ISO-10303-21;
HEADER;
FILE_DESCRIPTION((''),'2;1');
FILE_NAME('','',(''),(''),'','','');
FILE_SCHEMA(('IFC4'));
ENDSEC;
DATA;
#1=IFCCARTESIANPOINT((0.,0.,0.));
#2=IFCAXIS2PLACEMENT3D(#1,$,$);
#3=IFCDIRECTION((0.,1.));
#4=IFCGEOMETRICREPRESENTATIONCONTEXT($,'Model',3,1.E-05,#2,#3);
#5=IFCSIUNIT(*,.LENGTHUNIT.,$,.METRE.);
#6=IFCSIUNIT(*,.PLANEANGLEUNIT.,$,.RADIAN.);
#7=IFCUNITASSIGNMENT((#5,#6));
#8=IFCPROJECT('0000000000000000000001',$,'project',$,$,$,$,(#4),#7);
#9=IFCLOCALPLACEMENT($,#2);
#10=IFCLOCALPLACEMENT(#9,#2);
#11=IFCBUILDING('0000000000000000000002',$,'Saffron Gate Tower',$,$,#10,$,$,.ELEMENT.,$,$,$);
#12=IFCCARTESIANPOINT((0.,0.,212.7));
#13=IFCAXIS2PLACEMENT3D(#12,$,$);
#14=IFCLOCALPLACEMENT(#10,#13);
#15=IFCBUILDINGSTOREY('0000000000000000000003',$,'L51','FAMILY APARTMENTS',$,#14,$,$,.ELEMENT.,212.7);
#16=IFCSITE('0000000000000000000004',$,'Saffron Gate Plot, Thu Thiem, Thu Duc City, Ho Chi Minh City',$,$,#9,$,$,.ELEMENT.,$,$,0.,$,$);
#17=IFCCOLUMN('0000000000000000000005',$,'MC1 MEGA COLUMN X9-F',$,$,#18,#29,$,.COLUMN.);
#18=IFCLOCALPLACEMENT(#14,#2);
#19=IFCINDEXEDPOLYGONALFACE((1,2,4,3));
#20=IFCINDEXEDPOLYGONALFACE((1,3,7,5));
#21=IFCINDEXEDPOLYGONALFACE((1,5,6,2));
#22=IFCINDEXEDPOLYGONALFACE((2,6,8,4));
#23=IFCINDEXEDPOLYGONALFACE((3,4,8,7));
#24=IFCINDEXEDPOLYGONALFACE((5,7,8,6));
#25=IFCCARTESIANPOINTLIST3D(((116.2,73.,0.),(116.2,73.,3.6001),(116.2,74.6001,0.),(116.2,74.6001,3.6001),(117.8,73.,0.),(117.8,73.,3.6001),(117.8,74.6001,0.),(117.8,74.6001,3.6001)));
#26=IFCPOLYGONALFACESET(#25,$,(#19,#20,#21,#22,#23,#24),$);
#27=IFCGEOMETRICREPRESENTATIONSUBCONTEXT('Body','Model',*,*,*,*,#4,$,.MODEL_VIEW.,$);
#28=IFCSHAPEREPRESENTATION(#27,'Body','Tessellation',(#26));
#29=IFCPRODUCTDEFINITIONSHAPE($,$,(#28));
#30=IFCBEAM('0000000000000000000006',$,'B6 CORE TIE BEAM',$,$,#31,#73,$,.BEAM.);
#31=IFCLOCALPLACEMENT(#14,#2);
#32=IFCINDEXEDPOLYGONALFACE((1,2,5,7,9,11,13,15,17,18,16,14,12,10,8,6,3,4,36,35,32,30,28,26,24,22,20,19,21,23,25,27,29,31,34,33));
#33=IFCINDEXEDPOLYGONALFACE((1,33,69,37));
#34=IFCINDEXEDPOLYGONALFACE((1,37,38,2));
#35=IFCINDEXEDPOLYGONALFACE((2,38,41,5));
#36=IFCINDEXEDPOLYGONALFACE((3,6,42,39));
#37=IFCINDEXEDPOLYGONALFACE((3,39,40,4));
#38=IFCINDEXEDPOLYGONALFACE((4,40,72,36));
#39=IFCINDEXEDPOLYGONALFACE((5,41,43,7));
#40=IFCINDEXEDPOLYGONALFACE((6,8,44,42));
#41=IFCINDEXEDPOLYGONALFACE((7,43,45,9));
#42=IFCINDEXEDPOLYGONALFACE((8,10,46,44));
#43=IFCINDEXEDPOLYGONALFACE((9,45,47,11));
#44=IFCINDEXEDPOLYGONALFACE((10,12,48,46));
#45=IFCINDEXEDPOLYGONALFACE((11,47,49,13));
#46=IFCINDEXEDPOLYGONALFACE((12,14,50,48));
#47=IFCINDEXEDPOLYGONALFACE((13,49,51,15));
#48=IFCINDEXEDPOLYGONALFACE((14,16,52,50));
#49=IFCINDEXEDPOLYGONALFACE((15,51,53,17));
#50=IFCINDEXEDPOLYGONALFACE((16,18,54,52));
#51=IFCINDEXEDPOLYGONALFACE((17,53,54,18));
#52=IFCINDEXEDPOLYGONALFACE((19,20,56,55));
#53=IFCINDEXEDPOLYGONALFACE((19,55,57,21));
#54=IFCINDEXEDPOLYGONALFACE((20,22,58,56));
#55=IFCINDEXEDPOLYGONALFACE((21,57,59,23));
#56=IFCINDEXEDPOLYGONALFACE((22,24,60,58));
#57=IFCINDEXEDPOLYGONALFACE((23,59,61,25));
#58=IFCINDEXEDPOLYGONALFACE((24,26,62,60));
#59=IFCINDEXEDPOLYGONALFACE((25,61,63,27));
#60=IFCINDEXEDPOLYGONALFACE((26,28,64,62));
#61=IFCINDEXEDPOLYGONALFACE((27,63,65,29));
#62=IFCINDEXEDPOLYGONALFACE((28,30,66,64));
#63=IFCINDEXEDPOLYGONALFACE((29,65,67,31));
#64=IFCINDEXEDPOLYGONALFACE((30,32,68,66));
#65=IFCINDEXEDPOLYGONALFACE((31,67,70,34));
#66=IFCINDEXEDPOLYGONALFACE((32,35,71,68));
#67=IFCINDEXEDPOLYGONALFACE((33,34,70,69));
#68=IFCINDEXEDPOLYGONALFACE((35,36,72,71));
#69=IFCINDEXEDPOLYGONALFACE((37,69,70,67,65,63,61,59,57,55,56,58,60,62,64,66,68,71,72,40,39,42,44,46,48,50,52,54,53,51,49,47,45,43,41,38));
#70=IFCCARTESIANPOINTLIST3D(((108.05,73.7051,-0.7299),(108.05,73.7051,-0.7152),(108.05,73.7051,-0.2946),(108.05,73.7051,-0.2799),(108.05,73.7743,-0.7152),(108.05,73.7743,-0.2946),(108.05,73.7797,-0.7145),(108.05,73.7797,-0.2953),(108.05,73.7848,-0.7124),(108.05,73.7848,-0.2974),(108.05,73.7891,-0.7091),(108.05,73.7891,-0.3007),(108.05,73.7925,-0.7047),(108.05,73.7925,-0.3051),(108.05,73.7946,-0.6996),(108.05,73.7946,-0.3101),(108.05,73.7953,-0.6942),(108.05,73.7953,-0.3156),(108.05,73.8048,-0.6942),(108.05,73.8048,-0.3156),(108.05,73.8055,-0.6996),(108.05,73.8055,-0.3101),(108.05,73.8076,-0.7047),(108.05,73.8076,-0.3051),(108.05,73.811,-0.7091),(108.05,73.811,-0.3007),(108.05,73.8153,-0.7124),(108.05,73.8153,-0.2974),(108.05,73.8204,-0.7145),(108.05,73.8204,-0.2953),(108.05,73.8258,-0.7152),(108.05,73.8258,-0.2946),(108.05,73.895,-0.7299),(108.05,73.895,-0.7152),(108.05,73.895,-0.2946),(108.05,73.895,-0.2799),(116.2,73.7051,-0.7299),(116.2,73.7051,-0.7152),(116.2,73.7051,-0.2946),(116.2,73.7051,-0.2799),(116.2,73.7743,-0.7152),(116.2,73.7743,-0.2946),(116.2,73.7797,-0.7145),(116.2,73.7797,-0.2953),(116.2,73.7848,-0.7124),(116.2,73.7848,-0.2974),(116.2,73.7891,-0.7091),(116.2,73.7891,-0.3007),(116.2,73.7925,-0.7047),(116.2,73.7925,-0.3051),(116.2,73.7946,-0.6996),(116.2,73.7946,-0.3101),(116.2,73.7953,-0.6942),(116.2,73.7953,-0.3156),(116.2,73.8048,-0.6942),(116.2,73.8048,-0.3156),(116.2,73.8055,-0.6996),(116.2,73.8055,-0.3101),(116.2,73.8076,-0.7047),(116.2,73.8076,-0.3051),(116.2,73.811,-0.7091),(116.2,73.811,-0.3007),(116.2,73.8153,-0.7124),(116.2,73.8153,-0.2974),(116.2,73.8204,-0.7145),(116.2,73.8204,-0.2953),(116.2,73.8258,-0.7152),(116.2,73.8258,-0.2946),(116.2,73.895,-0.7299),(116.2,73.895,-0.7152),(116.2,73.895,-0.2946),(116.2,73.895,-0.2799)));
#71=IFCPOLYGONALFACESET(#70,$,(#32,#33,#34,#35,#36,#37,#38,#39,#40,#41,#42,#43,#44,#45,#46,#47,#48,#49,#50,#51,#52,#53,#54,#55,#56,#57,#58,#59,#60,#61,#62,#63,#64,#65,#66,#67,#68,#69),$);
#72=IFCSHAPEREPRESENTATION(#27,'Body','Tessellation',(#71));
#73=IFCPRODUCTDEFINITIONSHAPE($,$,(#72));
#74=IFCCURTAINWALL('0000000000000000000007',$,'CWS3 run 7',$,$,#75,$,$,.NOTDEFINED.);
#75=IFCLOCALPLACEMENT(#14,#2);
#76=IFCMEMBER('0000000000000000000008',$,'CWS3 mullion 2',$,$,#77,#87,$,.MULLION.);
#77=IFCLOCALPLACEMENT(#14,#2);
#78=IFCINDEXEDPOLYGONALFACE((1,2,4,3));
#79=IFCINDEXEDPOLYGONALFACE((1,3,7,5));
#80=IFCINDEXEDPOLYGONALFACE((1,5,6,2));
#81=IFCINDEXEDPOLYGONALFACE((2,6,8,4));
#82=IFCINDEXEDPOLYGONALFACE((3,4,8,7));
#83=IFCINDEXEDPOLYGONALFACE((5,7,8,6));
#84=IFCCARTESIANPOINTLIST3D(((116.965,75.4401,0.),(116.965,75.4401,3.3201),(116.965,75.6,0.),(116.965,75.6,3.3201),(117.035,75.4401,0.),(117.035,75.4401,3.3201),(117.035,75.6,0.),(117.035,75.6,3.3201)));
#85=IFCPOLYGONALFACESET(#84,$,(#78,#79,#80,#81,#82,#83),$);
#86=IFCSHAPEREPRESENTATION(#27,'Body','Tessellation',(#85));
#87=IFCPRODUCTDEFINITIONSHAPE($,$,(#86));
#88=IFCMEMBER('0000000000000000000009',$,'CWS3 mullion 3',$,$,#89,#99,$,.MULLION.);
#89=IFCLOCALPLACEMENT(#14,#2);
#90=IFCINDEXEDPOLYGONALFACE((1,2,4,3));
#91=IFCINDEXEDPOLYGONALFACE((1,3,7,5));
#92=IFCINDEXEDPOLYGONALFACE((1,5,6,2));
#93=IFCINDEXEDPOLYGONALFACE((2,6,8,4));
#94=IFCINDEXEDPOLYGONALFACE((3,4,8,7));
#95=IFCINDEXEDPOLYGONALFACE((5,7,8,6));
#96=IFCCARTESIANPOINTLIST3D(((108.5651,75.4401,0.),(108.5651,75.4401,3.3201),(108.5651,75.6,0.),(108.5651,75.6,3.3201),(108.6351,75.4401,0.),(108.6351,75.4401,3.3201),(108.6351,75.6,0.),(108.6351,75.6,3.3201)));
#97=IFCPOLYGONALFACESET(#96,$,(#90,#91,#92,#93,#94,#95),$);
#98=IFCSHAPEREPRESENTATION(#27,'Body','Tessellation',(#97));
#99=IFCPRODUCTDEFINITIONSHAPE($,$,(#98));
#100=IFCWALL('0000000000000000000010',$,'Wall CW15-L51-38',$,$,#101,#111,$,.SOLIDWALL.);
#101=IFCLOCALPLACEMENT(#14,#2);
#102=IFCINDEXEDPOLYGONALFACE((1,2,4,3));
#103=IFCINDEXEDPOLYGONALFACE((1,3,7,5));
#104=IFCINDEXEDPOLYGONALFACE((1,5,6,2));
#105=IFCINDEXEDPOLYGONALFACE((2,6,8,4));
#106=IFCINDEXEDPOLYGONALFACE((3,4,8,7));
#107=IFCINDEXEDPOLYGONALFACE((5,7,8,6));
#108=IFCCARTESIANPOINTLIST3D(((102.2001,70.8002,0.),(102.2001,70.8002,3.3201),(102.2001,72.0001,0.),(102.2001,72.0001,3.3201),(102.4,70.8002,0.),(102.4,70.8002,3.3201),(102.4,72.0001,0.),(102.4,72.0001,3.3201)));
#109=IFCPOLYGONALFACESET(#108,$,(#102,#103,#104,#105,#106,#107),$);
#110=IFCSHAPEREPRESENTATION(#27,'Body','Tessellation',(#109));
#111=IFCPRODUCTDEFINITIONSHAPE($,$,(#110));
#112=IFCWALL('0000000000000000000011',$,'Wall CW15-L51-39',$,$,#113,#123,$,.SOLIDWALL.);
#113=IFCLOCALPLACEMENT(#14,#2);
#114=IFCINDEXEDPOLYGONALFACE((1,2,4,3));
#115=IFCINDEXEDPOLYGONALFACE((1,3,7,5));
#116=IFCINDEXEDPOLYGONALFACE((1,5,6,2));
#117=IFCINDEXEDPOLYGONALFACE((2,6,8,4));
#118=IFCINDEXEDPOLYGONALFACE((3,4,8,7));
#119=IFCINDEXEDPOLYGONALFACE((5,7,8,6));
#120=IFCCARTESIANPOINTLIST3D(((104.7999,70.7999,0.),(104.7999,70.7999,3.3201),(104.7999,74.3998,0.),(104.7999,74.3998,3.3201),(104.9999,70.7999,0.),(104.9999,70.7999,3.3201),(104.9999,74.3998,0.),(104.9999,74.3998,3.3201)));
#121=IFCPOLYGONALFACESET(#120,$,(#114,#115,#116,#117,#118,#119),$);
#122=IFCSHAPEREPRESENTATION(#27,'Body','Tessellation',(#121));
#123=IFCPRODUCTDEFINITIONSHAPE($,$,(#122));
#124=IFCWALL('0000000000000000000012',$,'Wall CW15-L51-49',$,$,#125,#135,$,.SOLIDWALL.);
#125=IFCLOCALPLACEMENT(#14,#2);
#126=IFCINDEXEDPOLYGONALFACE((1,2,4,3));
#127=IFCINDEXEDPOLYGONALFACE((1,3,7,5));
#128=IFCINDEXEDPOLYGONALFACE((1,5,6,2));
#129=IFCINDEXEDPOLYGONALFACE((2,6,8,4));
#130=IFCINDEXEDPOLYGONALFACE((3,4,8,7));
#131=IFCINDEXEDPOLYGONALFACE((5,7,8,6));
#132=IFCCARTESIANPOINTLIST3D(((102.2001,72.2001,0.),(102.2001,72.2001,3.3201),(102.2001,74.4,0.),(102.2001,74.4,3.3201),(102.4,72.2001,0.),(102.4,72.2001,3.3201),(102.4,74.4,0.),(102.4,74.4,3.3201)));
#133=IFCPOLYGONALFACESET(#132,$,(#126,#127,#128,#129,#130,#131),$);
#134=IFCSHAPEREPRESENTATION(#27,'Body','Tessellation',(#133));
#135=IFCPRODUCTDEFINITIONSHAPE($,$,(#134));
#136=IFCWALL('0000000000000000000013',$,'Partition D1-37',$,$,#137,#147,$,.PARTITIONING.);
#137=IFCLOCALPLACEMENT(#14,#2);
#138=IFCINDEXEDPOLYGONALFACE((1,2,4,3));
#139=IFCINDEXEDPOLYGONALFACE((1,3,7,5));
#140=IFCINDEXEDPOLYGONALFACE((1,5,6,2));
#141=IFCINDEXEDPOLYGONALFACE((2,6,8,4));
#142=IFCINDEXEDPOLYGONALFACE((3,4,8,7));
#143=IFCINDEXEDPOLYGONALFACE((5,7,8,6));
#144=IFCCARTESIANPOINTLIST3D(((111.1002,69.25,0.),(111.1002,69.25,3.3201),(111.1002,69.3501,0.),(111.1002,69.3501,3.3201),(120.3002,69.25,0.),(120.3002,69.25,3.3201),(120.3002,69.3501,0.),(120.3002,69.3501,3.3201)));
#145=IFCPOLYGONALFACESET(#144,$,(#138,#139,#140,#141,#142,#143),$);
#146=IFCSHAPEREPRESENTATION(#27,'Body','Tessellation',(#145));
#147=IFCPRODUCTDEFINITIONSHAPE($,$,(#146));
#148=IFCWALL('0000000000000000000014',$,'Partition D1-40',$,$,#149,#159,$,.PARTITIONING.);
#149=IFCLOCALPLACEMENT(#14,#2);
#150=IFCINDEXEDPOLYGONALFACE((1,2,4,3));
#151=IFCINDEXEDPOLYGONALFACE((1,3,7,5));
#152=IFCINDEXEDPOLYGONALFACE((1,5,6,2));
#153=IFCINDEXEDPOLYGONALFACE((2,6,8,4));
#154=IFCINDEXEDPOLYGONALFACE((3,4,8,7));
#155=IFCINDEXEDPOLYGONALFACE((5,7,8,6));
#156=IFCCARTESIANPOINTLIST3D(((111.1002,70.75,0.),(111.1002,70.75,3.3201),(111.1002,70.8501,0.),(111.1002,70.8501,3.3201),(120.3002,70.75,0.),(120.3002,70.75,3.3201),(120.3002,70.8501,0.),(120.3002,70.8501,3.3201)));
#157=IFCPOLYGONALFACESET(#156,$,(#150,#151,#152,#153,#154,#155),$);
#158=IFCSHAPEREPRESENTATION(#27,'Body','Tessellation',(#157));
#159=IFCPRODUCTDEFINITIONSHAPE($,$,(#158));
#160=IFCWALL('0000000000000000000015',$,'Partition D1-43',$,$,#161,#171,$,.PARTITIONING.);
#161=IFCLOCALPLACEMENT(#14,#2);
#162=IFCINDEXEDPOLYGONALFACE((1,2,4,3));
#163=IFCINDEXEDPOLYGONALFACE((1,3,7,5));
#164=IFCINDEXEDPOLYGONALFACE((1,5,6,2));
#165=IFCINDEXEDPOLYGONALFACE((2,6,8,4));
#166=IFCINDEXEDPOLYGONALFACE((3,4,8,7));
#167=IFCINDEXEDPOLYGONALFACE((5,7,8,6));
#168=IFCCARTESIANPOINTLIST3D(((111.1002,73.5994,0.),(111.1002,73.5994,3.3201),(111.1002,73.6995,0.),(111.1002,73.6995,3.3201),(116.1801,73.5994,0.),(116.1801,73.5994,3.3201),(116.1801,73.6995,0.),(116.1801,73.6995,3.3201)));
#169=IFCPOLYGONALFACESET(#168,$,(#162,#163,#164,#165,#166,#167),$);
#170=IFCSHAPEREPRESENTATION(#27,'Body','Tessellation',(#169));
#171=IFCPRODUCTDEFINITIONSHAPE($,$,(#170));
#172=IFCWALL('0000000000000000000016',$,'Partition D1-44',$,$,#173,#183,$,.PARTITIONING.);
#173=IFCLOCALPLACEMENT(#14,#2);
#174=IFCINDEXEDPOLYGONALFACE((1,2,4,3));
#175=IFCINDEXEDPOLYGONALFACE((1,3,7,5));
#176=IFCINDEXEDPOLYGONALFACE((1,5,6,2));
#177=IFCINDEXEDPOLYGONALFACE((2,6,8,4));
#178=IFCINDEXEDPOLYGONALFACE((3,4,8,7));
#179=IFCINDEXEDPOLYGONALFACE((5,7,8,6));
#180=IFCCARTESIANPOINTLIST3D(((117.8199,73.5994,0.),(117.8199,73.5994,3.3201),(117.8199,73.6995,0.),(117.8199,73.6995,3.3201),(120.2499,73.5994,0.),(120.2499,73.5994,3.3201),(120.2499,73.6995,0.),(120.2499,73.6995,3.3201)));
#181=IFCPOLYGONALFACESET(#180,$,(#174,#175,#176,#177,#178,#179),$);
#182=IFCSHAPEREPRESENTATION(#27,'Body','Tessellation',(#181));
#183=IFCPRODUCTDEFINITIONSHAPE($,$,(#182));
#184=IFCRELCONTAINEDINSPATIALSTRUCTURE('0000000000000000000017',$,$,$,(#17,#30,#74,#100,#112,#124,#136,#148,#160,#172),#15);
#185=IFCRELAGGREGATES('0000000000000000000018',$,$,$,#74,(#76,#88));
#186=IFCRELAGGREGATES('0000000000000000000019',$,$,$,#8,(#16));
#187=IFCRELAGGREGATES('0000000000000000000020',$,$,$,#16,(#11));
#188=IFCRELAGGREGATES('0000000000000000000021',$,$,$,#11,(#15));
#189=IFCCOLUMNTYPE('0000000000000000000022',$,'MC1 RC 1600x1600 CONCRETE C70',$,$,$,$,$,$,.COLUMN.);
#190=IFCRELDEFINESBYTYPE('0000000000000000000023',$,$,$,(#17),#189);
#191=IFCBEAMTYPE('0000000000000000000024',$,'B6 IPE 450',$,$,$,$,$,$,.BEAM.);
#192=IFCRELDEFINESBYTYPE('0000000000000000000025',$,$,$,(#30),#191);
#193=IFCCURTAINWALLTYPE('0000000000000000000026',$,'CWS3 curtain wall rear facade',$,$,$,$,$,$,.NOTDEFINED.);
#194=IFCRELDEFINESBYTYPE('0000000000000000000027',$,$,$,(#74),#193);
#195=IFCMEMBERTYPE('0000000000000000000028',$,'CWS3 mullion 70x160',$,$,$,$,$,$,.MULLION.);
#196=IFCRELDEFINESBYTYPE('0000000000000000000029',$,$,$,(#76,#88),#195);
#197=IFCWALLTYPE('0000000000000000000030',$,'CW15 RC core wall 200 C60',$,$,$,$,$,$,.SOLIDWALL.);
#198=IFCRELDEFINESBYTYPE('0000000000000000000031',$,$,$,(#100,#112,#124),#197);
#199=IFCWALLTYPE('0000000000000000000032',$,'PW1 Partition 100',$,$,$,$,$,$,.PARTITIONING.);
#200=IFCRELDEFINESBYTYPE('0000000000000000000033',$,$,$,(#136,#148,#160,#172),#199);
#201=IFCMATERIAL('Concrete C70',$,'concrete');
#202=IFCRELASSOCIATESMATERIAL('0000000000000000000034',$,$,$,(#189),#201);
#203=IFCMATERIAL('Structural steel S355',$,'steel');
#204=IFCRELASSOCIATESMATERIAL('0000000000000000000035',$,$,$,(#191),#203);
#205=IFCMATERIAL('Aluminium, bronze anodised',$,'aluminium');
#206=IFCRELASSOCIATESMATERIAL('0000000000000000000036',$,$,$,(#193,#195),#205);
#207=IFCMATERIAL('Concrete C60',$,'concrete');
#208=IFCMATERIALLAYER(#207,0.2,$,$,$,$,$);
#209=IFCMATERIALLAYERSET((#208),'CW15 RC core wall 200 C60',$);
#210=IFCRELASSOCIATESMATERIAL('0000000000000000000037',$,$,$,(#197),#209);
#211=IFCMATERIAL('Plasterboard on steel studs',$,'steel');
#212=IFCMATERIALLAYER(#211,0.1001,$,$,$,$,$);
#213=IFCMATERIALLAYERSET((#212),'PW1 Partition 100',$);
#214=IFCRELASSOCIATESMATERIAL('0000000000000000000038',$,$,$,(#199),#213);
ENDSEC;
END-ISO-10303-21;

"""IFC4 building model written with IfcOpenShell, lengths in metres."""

from ifc_helpers import new_model, si_unit, direction, frame, frame_2d, origin, origin_2d, place, context, subcontext, project, spatial, rectangle, i_section, extrude, material, layer, layer_set, material_profile, profile_set, type_object, element, aggregate, save


model = new_model("IFC4")

# Units and contexts
model_context = context("Model", 3, precision=1e-05, world=origin(), true_north=direction((0.0, 1.0)))
body_context = subcontext(model_context, "Body", "Model", "MODEL_VIEW")
ifc_project = project(units=[si_unit("LENGTHUNIT", "METRE"), si_unit("PLANEANGLEUNIT", "RADIAN")], contexts=[model_context])

# Site, building, storey
site_placement = place(None, origin())
site = spatial("IfcSite", under=ifc_project, at=site_placement, Name="Saffron Gate Plot, Thu Thiem, Thu Duc City, Ho Chi Minh City", CompositionType="ELEMENT", RefElevation=0.0)
building_placement = place(site_placement, origin())
building = spatial("IfcBuilding", under=site, at=building_placement, Name="Saffron Gate Tower", CompositionType="ELEMENT")
storey_placement = place(building_placement, frame((0.0, 0.0, 212.7)))
storey = spatial("IfcBuildingStorey", under=building, at=storey_placement, Name="L51", Description="FAMILY APARTMENTS", CompositionType="ELEMENT", Elevation=212.7)

# Column
ifc_material_1 = material(Name="Concrete C70", Category="concrete")
ifc_material_profile_1 = material_profile(ifc_material_1, rectangle(XDim=1.6001, YDim=1.6001, at=origin_2d()))
ifc_profile_set_1 = profile_set([ifc_material_profile_1], Name="Concrete C70")
column_type = type_object("IfcColumnType", Name="MC1 RC 1600x1600 CONCRETE C70", PredefinedType="COLUMN", material=ifc_profile_set_1)
column_placement = place(storey_placement, frame((117.0, 73.8, 0.0), z_axis=(0.0, 0.0, 1.0), x_axis=(1.0, 0.0, 0.0)))
element("IfcColumn", 1, at=column_placement, inside=storey, type_object=column_type, Name="MC1 MEGA COLUMN X9-F", PredefinedType="COLUMN", context=body_context, shape_type="SweptSolid", body=[
    extrude(rectangle(XDim=1.6001, YDim=1.6001, at=origin_2d()), origin(), (0.0, 0.0, 1.0), 3.6001),
])

# Beam
ifc_material_2 = material(Name="Structural steel S355", Category="steel")
ifc_material_profile_2 = material_profile(ifc_material_2, i_section(OverallWidth=0.1899, OverallDepth=0.45, WebThickness=0.0095, FlangeThickness=0.0146, FilletRadius=0.021, at=origin_2d()))
ifc_profile_set_2 = profile_set([ifc_material_profile_2], Name="Structural steel S355")
beam_type = type_object("IfcBeamType", Name="B6 IPE 450", PredefinedType="BEAM", material=ifc_profile_set_2)
beam_placement = place(storey_placement, frame((116.2, 73.8, -0.5049), z_axis=(-1.0, 0.0, 0.0), x_axis=(0.0, -1.0, 0.0)))
element("IfcBeam", 2, at=beam_placement, inside=storey, type_object=beam_type, Name="B6 CORE TIE BEAM", PredefinedType="BEAM", context=body_context, shape_type="SweptSolid", body=[
    extrude(i_section(OverallWidth=0.1899, OverallDepth=0.45, WebThickness=0.0095, FlangeThickness=0.0146, FilletRadius=0.021, at=origin_2d()), origin(), (0.0, 0.0, 1.0), 8.1499),
])

# Curtain wall, members
ifc_material_3 = material(Name="Aluminium, bronze anodised", Category="aluminium")
curtain_wall_type = type_object("IfcCurtainWallType", Name="CWS3 curtain wall rear facade", PredefinedType="NOTDEFINED", material=ifc_material_3)
curtain_wall_placement = place(storey_placement, origin())
curtain_wall = element("IfcCurtainWall", 3, at=curtain_wall_placement, inside=storey, type_object=curtain_wall_type, Name="CWS3 run 7", PredefinedType="NOTDEFINED")
ifc_material_profile_3 = material_profile(ifc_material_3, rectangle(XDim=0.1599, YDim=0.0701, at=origin_2d()))
ifc_profile_set_3 = profile_set([ifc_material_profile_3], Name="Aluminium, bronze anodised")
member_type = type_object("IfcMemberType", Name="CWS3 mullion 70x160", PredefinedType="MULLION", material=ifc_profile_set_3)
member_1_placement = place(storey_placement, frame((117.0, 75.52, 0.0), z_axis=(0.0, 0.0, 1.0), x_axis=(0.0, -1.0, 0.0)))
member_1 = element("IfcMember", 4, at=member_1_placement, type_object=member_type, Name="CWS3 mullion 2", PredefinedType="MULLION", context=body_context, shape_type="SweptSolid", body=[
    extrude(rectangle(XDim=0.1599, YDim=0.0701, at=origin_2d()), origin(), (0.0, 0.0, 1.0), 3.3201),
])
member_2_placement = place(storey_placement, frame((108.6001, 75.52, 0.0), z_axis=(0.0, 0.0, 1.0), x_axis=(0.0, -1.0, 0.0)))
member_2 = element("IfcMember", 5, at=member_2_placement, type_object=member_type, Name="CWS3 mullion 3", PredefinedType="MULLION", context=body_context, shape_type="SweptSolid", body=[
    extrude(rectangle(XDim=0.1599, YDim=0.0701, at=origin_2d()), origin(), (0.0, 0.0, 1.0), 3.3201),
])
aggregate(curtain_wall, [member_1, member_2])

# Walls
ifc_material_4 = material(Name="Concrete C60", Category="concrete")
ifc_layer_1 = layer(ifc_material_4, 0.2)
ifc_layer_set_1 = layer_set([ifc_layer_1], Name="CW15 RC core wall 200 C60")
wall_type_1 = type_object("IfcWallType", Name="CW15 RC core wall 200 C60", PredefinedType="SOLIDWALL", material=ifc_layer_set_1)
wall_1_placement = place(storey_placement, frame((102.3, 70.8, 0.0), z_axis=(0.0, 0.0, 1.0), x_axis=(0.0, 1.0, 0.0)))
element("IfcWall", 6, at=wall_1_placement, inside=storey, type_object=wall_type_1, Name="Wall CW15-L51-38", PredefinedType="SOLIDWALL", context=body_context, shape_type="SweptSolid", body=[
    extrude(rectangle(XDim=1.2, YDim=0.2, at=frame_2d((0.6001, 0.0))), origin(), (0.0, 0.0, 1.0), 3.3201),
])
wall_2_placement = place(storey_placement, frame((104.8999, 70.8, 0.0), z_axis=(0.0, 0.0, 1.0), x_axis=(0.0, 1.0, 0.0)))
element("IfcWall", 7, at=wall_2_placement, inside=storey, type_object=wall_type_1, Name="Wall CW15-L51-39", PredefinedType="SOLIDWALL", context=body_context, shape_type="SweptSolid", body=[
    extrude(rectangle(XDim=3.5999, YDim=0.2, at=frame_2d((1.7998, 0.0))), origin(), (0.0, 0.0, 1.0), 3.3201),
])
wall_3_placement = place(storey_placement, frame((102.3, 72.2, 0.0), z_axis=(0.0, 0.0, 1.0), x_axis=(0.0, 1.0, 0.0)))
element("IfcWall", 8, at=wall_3_placement, inside=storey, type_object=wall_type_1, Name="Wall CW15-L51-49", PredefinedType="SOLIDWALL", context=body_context, shape_type="SweptSolid", body=[
    extrude(rectangle(XDim=2.2, YDim=0.2, at=frame_2d((1.1001, 0.0))), origin(), (0.0, 0.0, 1.0), 3.3201),
])
ifc_material_5 = material(Name="Plasterboard on steel studs", Category="steel")
ifc_layer_2 = layer(ifc_material_5, 0.1001)
ifc_layer_set_2 = layer_set([ifc_layer_2], Name="PW1 Partition 100")
wall_type_2 = type_object("IfcWallType", Name="PW1 Partition 100", PredefinedType="PARTITIONING", material=ifc_layer_set_2)
for number, where, z_axis, x_axis, name in (
    (9, (111.1001, 69.3, 0.0), (0.0, 0.0, 1.0), (1.0, 0.0, 0.0), "Partition D1-37"),
    (10, (111.1001, 70.8, 0.0), (0.0, 0.0, 1.0), (1.0, 0.0, 0.0), "Partition D1-40"),
):
    element("IfcWall", number, at=place(storey_placement, frame(where, z_axis=z_axis, x_axis=x_axis)), inside=storey, type_object=wall_type_2, Name=name, PredefinedType="PARTITIONING", context=body_context, shape_type="SweptSolid", body=[
        extrude(rectangle(XDim=9.2, YDim=0.1001, at=frame_2d((4.6001, 0.0))), origin(), (0.0, 0.0, 1.0), 3.3201),
    ])
wall_4_placement = place(storey_placement, frame((111.1001, 73.6494, 0.0), z_axis=(0.0, 0.0, 1.0), x_axis=(1.0, 0.0, 0.0)))
element("IfcWall", 11, at=wall_4_placement, inside=storey, type_object=wall_type_2, Name="Partition D1-43", PredefinedType="PARTITIONING", context=body_context, shape_type="SweptSolid", body=[
    extrude(rectangle(XDim=5.0798, YDim=0.1001, at=frame_2d((2.54, 0.0))), origin(), (0.0, 0.0, 1.0), 3.3201),
])
wall_5_placement = place(storey_placement, frame((117.8201, 73.6494, 0.0), z_axis=(0.0, 0.0, 1.0), x_axis=(1.0, 0.0, 0.0)))
element("IfcWall", 12, at=wall_5_placement, inside=storey, type_object=wall_type_2, Name="Partition D1-44", PredefinedType="PARTITIONING", context=body_context, shape_type="SweptSolid", body=[
    extrude(rectangle(XDim=2.4299, YDim=0.1001, at=frame_2d((1.2148, 0.0))), origin(), (0.0, 0.0, 1.0), 3.3201),
])

save(model, "model.ifc")
